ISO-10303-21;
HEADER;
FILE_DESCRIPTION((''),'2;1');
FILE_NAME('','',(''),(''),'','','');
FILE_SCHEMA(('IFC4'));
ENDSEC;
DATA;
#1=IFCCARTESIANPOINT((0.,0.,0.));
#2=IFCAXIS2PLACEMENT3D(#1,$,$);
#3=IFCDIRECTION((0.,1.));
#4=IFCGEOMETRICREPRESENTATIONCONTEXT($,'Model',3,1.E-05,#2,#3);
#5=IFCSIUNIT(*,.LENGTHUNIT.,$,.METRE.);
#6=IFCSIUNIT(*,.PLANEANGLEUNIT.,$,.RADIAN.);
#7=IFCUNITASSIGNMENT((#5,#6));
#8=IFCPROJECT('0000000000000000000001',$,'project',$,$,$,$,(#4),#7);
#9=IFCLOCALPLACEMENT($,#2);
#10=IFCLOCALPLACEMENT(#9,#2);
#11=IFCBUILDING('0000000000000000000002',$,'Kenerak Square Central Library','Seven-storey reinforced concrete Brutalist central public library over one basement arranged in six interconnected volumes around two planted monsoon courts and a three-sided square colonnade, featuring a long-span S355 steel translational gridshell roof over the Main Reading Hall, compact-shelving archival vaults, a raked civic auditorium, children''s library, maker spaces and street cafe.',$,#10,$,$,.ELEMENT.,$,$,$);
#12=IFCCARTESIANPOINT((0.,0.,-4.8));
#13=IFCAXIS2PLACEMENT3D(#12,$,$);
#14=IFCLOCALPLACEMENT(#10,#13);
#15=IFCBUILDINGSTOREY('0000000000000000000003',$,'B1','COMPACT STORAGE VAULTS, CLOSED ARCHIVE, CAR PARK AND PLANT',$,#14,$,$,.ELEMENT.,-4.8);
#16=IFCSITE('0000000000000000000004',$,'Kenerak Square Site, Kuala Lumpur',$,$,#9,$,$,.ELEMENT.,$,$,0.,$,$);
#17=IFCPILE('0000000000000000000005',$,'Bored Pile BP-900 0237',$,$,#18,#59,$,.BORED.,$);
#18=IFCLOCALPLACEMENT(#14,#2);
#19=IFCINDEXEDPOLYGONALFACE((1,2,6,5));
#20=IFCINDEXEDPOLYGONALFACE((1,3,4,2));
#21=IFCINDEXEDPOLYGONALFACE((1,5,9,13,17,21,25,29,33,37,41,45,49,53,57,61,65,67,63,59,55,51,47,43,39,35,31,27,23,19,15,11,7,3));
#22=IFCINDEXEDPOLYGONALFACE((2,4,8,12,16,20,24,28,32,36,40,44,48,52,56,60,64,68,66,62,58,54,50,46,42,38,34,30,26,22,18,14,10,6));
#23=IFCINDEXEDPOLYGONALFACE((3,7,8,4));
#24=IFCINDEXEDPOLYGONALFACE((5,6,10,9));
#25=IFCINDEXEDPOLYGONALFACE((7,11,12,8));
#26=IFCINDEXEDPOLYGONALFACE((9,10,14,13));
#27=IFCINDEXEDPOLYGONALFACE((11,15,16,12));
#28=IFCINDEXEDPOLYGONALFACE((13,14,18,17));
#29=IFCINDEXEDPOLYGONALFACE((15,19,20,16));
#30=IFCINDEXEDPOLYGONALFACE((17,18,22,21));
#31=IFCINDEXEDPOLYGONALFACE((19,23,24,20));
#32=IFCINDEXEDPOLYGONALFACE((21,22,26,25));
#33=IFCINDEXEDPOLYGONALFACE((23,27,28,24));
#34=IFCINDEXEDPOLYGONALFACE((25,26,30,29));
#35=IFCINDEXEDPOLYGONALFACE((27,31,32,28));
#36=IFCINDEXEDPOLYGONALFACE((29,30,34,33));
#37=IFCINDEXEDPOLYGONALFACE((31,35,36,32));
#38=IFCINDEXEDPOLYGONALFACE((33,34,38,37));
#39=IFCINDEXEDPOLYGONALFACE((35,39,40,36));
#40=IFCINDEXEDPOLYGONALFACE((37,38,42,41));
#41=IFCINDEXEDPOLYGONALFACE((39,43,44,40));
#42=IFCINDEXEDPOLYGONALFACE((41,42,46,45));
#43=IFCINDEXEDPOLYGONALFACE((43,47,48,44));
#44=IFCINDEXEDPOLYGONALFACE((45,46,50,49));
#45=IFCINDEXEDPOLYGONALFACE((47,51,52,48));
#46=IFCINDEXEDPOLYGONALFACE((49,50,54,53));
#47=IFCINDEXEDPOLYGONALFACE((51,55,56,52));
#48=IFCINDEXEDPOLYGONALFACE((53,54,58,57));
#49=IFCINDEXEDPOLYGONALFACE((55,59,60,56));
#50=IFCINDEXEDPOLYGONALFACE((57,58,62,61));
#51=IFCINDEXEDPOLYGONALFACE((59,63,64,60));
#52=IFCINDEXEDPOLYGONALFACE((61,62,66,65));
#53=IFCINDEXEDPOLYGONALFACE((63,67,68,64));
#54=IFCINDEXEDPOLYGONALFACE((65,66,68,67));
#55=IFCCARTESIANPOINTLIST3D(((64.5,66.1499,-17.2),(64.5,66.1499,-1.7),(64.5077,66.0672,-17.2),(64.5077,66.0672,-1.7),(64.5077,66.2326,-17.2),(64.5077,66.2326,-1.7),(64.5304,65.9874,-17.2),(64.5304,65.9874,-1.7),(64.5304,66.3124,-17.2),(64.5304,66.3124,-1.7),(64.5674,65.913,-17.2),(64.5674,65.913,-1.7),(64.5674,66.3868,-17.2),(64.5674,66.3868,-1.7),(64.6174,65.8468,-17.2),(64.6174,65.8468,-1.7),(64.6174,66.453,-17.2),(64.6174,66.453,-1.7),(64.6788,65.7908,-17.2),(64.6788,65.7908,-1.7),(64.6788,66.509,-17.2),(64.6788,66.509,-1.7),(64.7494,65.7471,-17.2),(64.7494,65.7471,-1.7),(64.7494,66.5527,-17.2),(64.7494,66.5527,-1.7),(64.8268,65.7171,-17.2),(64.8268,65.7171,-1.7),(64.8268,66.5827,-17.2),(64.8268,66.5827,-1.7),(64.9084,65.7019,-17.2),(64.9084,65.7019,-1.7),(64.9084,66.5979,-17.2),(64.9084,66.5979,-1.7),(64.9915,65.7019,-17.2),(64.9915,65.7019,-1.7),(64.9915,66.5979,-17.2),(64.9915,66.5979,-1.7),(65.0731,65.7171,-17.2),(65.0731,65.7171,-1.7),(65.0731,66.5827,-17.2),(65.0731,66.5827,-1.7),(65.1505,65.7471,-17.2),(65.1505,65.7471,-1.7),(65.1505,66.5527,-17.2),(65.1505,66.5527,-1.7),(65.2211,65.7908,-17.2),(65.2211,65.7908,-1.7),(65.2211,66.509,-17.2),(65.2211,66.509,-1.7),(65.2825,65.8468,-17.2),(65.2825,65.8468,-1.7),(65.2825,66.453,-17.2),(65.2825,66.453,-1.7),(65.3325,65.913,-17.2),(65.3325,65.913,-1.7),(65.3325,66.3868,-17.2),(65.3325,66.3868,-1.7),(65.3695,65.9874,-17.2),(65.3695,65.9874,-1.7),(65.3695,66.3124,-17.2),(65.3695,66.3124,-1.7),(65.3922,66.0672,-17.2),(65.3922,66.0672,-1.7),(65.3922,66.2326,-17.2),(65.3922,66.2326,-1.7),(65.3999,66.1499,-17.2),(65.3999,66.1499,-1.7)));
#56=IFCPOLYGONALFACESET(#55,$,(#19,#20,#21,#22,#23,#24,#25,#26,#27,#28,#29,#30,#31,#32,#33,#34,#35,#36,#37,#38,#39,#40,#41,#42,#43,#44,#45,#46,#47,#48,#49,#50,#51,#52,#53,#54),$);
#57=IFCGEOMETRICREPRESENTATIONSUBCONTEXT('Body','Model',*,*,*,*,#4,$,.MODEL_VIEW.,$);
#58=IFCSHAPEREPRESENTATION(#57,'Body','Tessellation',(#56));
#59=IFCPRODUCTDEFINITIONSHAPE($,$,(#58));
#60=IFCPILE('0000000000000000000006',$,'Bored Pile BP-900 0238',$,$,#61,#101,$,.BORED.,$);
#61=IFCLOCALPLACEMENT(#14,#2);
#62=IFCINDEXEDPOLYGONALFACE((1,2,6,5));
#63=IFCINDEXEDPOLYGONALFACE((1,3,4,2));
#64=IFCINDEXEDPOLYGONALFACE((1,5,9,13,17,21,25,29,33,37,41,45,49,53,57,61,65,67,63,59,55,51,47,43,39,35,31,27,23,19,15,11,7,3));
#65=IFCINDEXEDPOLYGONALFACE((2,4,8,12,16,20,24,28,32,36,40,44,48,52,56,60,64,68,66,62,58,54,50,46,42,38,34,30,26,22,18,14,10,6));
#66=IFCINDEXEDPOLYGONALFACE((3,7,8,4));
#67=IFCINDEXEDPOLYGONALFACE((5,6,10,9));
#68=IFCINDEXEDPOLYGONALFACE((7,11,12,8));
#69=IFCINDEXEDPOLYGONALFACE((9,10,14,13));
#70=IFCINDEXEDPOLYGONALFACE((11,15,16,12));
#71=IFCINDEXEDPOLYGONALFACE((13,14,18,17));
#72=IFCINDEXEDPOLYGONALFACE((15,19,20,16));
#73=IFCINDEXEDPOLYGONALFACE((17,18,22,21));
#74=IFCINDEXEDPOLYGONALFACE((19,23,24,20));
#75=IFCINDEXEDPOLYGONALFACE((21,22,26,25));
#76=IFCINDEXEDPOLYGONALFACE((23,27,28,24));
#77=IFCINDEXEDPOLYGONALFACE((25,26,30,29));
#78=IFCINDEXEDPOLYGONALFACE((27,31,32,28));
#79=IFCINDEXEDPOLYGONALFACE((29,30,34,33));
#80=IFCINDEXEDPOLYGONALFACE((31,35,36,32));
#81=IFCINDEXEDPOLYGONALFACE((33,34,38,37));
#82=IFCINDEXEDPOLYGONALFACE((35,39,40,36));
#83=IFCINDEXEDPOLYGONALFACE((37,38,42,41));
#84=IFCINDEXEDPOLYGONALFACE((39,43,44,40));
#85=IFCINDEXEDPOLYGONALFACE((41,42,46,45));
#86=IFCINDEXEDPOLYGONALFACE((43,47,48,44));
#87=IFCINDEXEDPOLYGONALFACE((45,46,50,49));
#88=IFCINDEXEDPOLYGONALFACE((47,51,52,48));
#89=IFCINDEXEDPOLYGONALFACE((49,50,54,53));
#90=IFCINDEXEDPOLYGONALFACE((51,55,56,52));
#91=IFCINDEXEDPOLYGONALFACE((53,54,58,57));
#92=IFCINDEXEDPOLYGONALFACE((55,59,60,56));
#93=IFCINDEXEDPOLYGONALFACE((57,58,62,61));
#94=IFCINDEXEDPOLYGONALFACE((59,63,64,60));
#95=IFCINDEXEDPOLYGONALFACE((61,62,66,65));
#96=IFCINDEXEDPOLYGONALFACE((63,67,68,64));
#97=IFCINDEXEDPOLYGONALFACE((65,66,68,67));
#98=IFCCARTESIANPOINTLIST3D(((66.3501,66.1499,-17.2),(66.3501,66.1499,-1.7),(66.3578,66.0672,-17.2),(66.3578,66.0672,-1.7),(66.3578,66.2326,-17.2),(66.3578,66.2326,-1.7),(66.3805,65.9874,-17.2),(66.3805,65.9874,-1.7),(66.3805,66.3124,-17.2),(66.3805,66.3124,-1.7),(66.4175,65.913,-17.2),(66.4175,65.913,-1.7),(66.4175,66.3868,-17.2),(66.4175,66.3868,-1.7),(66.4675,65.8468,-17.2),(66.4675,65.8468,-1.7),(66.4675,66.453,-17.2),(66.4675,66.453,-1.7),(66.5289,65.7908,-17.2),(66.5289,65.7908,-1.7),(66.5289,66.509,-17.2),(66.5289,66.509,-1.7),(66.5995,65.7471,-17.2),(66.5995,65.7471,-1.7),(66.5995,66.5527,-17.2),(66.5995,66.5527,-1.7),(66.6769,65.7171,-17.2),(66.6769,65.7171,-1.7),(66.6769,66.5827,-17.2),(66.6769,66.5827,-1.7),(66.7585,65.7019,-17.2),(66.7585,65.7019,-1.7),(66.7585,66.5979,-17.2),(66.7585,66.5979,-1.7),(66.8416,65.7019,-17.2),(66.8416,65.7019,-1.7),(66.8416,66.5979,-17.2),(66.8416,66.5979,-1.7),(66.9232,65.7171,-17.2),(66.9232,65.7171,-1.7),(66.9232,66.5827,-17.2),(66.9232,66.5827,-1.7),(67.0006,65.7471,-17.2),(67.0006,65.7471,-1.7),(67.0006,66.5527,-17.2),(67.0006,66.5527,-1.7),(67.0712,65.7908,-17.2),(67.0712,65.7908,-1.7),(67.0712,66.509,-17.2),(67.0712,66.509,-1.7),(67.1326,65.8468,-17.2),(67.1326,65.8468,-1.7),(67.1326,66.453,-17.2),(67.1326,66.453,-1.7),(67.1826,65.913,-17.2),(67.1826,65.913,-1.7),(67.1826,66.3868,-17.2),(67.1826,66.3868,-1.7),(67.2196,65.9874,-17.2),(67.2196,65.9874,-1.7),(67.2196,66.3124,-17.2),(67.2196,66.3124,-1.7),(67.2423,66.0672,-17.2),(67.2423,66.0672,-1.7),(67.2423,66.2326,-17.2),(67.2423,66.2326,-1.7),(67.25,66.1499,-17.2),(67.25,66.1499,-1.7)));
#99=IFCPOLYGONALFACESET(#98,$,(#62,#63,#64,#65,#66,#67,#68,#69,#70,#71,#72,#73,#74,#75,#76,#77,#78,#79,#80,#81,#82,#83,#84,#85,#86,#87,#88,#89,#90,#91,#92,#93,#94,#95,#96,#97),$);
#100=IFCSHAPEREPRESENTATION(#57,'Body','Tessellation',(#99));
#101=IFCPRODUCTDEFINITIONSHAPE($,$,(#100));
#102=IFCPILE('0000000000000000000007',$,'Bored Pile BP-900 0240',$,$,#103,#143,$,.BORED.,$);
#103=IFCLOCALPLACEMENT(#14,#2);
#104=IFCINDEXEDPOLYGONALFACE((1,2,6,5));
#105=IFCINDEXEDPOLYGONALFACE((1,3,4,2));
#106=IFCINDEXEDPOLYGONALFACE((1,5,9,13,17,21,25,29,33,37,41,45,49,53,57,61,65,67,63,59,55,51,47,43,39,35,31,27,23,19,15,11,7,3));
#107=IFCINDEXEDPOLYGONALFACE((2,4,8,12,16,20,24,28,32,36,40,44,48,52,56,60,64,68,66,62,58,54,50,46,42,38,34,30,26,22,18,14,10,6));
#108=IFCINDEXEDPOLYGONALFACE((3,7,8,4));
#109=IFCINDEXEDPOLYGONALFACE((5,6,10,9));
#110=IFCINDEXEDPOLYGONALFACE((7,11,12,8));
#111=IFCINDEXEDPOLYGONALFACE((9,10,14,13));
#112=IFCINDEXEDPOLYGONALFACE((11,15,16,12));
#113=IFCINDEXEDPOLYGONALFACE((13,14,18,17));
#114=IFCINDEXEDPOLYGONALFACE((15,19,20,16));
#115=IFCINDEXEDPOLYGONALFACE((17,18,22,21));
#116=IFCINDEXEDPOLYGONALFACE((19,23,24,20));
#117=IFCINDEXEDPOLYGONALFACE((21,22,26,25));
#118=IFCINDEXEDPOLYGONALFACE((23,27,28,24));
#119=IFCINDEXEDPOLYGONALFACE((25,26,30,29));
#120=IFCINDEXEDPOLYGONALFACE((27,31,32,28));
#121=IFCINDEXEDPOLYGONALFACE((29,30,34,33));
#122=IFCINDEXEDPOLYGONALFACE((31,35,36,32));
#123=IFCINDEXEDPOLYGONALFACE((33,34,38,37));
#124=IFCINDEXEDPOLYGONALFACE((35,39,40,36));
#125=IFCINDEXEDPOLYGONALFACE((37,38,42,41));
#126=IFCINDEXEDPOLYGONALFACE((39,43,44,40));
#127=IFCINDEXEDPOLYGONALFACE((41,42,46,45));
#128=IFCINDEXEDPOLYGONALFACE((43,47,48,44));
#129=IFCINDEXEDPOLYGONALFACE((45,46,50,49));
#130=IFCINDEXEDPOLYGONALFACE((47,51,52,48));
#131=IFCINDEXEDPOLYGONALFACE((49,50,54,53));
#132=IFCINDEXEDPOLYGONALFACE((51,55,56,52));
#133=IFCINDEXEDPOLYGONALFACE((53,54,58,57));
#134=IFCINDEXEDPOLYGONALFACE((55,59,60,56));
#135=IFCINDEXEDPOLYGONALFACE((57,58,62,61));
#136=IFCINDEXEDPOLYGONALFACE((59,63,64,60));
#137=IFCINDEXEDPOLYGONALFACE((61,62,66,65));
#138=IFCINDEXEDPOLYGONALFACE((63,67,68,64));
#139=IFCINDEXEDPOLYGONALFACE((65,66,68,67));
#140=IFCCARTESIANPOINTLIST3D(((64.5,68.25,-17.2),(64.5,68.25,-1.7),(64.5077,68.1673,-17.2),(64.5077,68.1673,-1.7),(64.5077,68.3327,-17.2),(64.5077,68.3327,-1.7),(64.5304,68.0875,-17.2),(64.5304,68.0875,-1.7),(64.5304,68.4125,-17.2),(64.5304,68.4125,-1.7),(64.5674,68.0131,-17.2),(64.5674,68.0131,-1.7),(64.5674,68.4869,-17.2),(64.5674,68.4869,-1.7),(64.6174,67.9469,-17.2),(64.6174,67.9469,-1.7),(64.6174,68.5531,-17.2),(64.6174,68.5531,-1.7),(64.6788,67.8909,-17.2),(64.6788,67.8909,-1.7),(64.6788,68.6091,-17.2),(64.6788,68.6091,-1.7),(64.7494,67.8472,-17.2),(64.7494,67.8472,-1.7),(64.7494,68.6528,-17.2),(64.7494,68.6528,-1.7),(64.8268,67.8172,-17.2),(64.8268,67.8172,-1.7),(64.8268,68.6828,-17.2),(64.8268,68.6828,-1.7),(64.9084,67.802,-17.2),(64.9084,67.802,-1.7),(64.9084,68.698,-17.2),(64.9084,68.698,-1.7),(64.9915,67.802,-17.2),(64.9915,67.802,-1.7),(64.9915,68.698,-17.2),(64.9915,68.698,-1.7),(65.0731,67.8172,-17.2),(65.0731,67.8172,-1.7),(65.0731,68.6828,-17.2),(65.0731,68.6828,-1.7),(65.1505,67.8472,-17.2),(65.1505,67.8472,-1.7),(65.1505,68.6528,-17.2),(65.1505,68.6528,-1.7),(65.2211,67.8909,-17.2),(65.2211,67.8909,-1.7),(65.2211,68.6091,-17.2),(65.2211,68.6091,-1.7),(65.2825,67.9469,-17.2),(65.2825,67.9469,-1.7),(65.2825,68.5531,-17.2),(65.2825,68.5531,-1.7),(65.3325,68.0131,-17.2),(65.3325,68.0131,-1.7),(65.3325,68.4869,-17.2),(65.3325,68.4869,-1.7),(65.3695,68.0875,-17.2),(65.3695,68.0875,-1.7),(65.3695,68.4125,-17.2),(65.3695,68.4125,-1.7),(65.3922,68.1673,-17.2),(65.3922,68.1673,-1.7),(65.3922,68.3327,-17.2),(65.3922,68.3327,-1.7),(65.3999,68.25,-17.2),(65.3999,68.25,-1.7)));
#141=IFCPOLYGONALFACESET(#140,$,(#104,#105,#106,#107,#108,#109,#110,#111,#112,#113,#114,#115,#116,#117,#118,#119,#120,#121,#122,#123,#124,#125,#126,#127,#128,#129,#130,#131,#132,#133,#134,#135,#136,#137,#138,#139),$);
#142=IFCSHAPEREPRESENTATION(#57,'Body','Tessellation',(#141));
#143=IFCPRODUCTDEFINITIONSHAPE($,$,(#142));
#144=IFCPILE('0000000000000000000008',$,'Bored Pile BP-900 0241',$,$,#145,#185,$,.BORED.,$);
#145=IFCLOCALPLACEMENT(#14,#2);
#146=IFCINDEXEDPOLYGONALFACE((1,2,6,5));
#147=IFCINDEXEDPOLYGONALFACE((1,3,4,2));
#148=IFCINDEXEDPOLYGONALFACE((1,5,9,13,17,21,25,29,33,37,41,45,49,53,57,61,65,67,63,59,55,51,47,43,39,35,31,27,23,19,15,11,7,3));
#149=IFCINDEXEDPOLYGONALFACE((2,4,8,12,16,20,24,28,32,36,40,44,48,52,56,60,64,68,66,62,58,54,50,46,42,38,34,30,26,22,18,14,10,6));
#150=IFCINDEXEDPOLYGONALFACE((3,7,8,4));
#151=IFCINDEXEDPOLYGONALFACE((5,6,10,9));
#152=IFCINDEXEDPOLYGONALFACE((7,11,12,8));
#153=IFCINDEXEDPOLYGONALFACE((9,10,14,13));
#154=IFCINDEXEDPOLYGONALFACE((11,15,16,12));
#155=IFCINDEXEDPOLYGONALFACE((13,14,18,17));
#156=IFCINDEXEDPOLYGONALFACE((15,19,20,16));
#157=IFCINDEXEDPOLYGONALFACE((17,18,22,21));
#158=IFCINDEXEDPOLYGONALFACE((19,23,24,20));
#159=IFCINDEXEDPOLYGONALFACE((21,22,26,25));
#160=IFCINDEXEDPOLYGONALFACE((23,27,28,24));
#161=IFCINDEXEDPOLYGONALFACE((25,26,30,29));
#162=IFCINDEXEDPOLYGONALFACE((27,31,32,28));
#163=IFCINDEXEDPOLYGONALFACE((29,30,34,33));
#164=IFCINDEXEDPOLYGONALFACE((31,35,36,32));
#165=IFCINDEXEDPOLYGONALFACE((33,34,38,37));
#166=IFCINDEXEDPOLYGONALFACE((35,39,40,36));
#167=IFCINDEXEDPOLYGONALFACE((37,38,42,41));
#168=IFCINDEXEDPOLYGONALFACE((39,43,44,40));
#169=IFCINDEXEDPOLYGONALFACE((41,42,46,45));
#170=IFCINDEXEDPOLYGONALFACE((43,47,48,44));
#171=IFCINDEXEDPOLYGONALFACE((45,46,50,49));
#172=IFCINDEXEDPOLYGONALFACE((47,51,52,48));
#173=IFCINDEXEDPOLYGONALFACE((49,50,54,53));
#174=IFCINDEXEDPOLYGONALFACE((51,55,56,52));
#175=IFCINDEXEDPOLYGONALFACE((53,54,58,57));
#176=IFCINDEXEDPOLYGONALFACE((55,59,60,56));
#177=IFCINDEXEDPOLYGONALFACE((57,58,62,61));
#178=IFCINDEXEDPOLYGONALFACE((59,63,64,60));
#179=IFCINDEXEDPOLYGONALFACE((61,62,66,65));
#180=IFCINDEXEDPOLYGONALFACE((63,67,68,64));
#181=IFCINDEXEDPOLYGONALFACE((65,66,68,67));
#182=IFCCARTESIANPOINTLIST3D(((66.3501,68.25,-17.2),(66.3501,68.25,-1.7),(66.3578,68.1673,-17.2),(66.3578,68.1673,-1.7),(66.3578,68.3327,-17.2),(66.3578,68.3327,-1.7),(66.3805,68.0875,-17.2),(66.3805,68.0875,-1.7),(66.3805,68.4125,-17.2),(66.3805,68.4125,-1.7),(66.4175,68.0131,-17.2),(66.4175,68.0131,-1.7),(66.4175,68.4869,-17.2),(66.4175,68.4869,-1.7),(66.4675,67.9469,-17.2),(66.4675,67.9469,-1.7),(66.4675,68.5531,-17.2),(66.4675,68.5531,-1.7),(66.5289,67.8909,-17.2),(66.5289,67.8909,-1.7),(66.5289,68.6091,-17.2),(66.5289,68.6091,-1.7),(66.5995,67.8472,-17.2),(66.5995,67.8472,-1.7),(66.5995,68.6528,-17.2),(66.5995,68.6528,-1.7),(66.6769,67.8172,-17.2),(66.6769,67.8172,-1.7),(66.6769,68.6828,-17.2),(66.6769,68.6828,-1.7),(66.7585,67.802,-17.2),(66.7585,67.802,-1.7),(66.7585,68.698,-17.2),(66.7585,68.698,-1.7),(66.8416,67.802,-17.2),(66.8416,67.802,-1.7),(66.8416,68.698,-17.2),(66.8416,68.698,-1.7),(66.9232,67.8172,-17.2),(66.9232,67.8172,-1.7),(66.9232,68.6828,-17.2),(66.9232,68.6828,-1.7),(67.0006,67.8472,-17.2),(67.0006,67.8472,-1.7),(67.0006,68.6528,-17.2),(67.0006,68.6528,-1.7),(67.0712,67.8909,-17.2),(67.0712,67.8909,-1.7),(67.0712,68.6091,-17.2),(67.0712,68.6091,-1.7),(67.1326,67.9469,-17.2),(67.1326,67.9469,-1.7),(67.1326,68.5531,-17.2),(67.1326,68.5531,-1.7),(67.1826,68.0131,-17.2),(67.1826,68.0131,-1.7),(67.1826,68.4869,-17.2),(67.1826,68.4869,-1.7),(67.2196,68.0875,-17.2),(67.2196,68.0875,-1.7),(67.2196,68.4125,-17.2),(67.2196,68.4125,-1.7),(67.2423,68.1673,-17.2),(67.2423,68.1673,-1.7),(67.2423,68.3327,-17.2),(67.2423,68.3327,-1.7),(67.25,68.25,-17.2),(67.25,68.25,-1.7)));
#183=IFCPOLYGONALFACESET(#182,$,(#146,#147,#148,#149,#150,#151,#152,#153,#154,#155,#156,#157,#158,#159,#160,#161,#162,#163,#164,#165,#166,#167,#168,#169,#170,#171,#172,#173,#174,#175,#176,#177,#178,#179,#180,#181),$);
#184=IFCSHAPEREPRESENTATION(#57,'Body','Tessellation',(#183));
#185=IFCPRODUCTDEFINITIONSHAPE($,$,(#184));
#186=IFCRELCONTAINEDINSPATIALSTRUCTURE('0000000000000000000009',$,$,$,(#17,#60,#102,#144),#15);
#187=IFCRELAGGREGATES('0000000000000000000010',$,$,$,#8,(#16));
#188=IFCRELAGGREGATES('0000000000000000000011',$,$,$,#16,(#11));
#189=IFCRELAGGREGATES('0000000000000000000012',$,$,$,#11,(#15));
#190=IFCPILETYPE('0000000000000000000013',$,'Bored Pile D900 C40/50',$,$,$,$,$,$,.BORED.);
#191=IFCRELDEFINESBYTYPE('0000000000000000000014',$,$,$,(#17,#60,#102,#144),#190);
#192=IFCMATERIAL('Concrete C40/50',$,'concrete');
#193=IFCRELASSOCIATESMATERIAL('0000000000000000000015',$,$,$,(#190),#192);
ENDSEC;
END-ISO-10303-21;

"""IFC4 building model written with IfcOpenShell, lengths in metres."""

from ifc_helpers import new_model, si_unit, direction, frame, origin, origin_2d, place, context, subcontext, project, spatial, circle, extrude, material, material_profile, profile_set, type_object, element, save


model = new_model("IFC4")

# Units and contexts
model_context = context("Model", 3, precision=1e-05, world=origin(), true_north=direction((0.0, 1.0)))
body_context = subcontext(model_context, "Body", "Model", "MODEL_VIEW")
ifc_project = project(units=[si_unit("LENGTHUNIT", "METRE"), si_unit("PLANEANGLEUNIT", "RADIAN")], contexts=[model_context])

# Site, building, storey
site_placement = place(None, origin())
site = spatial("IfcSite", under=ifc_project, at=site_placement, Name="Kenerak Square Site, Kuala Lumpur", CompositionType="ELEMENT", RefElevation=0.0)
building_placement = place(site_placement, origin())
building = spatial("IfcBuilding", under=site, at=building_placement, Name="Kenerak Square Central Library", Description="Seven-storey reinforced concrete Brutalist central public library over one basement arranged in six interconnected volumes around two planted monsoon courts and a three-sided square colonnade, featuring a long-span S355 steel translational gridshell roof over the Main Reading Hall, compact-shelving archival vaults, a raked civic auditorium, children's library, maker spaces and street cafe.", CompositionType="ELEMENT")
storey_placement = place(building_placement, frame((0.0, 0.0, -4.8)))
storey = spatial("IfcBuildingStorey", under=building, at=storey_placement, Name="B1", Description="COMPACT STORAGE VAULTS, CLOSED ARCHIVE, CAR PARK AND PLANT", CompositionType="ELEMENT", Elevation=-4.8)

# Piles
ifc_material_1 = material(Name="Concrete C40/50", Category="concrete")
ifc_material_profile_1 = material_profile(ifc_material_1, circle(Radius=0.45, at=origin_2d()), Name="BP D900")
ifc_profile_set_1 = profile_set([ifc_material_profile_1], Name="Concrete C40/50")
pile_type = type_object("IfcPileType", Name="Bored Pile D900 C40/50", PredefinedType="BORED", material=ifc_profile_set_1)
for number, where, z_axis, x_axis, name in (
    (1, (64.95, 66.1499, -1.7), (0.0, 0.0, -1.0), (1.0, 0.0, 0.0), "Bored Pile BP-900 0237"),
    (2, (66.8, 66.1499, -1.7), (0.0, 0.0, -1.0), (1.0, 0.0, 0.0), "Bored Pile BP-900 0238"),
    (3, (64.95, 68.25, -1.7), (0.0, 0.0, -1.0), (1.0, 0.0, 0.0), "Bored Pile BP-900 0240"),
    (4, (66.8, 68.25, -1.7), (0.0, 0.0, -1.0), (1.0, 0.0, 0.0), "Bored Pile BP-900 0241"),
):
    element("IfcPile", number, at=place(storey_placement, frame(where, z_axis=z_axis, x_axis=x_axis)), inside=storey, type_object=pile_type, Name=name, PredefinedType="BORED", context=body_context, shape_type="SweptSolid", body=[
        extrude(circle(Radius=0.45, at=origin_2d()), origin(), (0.0, 0.0, 1.0), 15.5),
    ])

save(model, "model.ifc")
